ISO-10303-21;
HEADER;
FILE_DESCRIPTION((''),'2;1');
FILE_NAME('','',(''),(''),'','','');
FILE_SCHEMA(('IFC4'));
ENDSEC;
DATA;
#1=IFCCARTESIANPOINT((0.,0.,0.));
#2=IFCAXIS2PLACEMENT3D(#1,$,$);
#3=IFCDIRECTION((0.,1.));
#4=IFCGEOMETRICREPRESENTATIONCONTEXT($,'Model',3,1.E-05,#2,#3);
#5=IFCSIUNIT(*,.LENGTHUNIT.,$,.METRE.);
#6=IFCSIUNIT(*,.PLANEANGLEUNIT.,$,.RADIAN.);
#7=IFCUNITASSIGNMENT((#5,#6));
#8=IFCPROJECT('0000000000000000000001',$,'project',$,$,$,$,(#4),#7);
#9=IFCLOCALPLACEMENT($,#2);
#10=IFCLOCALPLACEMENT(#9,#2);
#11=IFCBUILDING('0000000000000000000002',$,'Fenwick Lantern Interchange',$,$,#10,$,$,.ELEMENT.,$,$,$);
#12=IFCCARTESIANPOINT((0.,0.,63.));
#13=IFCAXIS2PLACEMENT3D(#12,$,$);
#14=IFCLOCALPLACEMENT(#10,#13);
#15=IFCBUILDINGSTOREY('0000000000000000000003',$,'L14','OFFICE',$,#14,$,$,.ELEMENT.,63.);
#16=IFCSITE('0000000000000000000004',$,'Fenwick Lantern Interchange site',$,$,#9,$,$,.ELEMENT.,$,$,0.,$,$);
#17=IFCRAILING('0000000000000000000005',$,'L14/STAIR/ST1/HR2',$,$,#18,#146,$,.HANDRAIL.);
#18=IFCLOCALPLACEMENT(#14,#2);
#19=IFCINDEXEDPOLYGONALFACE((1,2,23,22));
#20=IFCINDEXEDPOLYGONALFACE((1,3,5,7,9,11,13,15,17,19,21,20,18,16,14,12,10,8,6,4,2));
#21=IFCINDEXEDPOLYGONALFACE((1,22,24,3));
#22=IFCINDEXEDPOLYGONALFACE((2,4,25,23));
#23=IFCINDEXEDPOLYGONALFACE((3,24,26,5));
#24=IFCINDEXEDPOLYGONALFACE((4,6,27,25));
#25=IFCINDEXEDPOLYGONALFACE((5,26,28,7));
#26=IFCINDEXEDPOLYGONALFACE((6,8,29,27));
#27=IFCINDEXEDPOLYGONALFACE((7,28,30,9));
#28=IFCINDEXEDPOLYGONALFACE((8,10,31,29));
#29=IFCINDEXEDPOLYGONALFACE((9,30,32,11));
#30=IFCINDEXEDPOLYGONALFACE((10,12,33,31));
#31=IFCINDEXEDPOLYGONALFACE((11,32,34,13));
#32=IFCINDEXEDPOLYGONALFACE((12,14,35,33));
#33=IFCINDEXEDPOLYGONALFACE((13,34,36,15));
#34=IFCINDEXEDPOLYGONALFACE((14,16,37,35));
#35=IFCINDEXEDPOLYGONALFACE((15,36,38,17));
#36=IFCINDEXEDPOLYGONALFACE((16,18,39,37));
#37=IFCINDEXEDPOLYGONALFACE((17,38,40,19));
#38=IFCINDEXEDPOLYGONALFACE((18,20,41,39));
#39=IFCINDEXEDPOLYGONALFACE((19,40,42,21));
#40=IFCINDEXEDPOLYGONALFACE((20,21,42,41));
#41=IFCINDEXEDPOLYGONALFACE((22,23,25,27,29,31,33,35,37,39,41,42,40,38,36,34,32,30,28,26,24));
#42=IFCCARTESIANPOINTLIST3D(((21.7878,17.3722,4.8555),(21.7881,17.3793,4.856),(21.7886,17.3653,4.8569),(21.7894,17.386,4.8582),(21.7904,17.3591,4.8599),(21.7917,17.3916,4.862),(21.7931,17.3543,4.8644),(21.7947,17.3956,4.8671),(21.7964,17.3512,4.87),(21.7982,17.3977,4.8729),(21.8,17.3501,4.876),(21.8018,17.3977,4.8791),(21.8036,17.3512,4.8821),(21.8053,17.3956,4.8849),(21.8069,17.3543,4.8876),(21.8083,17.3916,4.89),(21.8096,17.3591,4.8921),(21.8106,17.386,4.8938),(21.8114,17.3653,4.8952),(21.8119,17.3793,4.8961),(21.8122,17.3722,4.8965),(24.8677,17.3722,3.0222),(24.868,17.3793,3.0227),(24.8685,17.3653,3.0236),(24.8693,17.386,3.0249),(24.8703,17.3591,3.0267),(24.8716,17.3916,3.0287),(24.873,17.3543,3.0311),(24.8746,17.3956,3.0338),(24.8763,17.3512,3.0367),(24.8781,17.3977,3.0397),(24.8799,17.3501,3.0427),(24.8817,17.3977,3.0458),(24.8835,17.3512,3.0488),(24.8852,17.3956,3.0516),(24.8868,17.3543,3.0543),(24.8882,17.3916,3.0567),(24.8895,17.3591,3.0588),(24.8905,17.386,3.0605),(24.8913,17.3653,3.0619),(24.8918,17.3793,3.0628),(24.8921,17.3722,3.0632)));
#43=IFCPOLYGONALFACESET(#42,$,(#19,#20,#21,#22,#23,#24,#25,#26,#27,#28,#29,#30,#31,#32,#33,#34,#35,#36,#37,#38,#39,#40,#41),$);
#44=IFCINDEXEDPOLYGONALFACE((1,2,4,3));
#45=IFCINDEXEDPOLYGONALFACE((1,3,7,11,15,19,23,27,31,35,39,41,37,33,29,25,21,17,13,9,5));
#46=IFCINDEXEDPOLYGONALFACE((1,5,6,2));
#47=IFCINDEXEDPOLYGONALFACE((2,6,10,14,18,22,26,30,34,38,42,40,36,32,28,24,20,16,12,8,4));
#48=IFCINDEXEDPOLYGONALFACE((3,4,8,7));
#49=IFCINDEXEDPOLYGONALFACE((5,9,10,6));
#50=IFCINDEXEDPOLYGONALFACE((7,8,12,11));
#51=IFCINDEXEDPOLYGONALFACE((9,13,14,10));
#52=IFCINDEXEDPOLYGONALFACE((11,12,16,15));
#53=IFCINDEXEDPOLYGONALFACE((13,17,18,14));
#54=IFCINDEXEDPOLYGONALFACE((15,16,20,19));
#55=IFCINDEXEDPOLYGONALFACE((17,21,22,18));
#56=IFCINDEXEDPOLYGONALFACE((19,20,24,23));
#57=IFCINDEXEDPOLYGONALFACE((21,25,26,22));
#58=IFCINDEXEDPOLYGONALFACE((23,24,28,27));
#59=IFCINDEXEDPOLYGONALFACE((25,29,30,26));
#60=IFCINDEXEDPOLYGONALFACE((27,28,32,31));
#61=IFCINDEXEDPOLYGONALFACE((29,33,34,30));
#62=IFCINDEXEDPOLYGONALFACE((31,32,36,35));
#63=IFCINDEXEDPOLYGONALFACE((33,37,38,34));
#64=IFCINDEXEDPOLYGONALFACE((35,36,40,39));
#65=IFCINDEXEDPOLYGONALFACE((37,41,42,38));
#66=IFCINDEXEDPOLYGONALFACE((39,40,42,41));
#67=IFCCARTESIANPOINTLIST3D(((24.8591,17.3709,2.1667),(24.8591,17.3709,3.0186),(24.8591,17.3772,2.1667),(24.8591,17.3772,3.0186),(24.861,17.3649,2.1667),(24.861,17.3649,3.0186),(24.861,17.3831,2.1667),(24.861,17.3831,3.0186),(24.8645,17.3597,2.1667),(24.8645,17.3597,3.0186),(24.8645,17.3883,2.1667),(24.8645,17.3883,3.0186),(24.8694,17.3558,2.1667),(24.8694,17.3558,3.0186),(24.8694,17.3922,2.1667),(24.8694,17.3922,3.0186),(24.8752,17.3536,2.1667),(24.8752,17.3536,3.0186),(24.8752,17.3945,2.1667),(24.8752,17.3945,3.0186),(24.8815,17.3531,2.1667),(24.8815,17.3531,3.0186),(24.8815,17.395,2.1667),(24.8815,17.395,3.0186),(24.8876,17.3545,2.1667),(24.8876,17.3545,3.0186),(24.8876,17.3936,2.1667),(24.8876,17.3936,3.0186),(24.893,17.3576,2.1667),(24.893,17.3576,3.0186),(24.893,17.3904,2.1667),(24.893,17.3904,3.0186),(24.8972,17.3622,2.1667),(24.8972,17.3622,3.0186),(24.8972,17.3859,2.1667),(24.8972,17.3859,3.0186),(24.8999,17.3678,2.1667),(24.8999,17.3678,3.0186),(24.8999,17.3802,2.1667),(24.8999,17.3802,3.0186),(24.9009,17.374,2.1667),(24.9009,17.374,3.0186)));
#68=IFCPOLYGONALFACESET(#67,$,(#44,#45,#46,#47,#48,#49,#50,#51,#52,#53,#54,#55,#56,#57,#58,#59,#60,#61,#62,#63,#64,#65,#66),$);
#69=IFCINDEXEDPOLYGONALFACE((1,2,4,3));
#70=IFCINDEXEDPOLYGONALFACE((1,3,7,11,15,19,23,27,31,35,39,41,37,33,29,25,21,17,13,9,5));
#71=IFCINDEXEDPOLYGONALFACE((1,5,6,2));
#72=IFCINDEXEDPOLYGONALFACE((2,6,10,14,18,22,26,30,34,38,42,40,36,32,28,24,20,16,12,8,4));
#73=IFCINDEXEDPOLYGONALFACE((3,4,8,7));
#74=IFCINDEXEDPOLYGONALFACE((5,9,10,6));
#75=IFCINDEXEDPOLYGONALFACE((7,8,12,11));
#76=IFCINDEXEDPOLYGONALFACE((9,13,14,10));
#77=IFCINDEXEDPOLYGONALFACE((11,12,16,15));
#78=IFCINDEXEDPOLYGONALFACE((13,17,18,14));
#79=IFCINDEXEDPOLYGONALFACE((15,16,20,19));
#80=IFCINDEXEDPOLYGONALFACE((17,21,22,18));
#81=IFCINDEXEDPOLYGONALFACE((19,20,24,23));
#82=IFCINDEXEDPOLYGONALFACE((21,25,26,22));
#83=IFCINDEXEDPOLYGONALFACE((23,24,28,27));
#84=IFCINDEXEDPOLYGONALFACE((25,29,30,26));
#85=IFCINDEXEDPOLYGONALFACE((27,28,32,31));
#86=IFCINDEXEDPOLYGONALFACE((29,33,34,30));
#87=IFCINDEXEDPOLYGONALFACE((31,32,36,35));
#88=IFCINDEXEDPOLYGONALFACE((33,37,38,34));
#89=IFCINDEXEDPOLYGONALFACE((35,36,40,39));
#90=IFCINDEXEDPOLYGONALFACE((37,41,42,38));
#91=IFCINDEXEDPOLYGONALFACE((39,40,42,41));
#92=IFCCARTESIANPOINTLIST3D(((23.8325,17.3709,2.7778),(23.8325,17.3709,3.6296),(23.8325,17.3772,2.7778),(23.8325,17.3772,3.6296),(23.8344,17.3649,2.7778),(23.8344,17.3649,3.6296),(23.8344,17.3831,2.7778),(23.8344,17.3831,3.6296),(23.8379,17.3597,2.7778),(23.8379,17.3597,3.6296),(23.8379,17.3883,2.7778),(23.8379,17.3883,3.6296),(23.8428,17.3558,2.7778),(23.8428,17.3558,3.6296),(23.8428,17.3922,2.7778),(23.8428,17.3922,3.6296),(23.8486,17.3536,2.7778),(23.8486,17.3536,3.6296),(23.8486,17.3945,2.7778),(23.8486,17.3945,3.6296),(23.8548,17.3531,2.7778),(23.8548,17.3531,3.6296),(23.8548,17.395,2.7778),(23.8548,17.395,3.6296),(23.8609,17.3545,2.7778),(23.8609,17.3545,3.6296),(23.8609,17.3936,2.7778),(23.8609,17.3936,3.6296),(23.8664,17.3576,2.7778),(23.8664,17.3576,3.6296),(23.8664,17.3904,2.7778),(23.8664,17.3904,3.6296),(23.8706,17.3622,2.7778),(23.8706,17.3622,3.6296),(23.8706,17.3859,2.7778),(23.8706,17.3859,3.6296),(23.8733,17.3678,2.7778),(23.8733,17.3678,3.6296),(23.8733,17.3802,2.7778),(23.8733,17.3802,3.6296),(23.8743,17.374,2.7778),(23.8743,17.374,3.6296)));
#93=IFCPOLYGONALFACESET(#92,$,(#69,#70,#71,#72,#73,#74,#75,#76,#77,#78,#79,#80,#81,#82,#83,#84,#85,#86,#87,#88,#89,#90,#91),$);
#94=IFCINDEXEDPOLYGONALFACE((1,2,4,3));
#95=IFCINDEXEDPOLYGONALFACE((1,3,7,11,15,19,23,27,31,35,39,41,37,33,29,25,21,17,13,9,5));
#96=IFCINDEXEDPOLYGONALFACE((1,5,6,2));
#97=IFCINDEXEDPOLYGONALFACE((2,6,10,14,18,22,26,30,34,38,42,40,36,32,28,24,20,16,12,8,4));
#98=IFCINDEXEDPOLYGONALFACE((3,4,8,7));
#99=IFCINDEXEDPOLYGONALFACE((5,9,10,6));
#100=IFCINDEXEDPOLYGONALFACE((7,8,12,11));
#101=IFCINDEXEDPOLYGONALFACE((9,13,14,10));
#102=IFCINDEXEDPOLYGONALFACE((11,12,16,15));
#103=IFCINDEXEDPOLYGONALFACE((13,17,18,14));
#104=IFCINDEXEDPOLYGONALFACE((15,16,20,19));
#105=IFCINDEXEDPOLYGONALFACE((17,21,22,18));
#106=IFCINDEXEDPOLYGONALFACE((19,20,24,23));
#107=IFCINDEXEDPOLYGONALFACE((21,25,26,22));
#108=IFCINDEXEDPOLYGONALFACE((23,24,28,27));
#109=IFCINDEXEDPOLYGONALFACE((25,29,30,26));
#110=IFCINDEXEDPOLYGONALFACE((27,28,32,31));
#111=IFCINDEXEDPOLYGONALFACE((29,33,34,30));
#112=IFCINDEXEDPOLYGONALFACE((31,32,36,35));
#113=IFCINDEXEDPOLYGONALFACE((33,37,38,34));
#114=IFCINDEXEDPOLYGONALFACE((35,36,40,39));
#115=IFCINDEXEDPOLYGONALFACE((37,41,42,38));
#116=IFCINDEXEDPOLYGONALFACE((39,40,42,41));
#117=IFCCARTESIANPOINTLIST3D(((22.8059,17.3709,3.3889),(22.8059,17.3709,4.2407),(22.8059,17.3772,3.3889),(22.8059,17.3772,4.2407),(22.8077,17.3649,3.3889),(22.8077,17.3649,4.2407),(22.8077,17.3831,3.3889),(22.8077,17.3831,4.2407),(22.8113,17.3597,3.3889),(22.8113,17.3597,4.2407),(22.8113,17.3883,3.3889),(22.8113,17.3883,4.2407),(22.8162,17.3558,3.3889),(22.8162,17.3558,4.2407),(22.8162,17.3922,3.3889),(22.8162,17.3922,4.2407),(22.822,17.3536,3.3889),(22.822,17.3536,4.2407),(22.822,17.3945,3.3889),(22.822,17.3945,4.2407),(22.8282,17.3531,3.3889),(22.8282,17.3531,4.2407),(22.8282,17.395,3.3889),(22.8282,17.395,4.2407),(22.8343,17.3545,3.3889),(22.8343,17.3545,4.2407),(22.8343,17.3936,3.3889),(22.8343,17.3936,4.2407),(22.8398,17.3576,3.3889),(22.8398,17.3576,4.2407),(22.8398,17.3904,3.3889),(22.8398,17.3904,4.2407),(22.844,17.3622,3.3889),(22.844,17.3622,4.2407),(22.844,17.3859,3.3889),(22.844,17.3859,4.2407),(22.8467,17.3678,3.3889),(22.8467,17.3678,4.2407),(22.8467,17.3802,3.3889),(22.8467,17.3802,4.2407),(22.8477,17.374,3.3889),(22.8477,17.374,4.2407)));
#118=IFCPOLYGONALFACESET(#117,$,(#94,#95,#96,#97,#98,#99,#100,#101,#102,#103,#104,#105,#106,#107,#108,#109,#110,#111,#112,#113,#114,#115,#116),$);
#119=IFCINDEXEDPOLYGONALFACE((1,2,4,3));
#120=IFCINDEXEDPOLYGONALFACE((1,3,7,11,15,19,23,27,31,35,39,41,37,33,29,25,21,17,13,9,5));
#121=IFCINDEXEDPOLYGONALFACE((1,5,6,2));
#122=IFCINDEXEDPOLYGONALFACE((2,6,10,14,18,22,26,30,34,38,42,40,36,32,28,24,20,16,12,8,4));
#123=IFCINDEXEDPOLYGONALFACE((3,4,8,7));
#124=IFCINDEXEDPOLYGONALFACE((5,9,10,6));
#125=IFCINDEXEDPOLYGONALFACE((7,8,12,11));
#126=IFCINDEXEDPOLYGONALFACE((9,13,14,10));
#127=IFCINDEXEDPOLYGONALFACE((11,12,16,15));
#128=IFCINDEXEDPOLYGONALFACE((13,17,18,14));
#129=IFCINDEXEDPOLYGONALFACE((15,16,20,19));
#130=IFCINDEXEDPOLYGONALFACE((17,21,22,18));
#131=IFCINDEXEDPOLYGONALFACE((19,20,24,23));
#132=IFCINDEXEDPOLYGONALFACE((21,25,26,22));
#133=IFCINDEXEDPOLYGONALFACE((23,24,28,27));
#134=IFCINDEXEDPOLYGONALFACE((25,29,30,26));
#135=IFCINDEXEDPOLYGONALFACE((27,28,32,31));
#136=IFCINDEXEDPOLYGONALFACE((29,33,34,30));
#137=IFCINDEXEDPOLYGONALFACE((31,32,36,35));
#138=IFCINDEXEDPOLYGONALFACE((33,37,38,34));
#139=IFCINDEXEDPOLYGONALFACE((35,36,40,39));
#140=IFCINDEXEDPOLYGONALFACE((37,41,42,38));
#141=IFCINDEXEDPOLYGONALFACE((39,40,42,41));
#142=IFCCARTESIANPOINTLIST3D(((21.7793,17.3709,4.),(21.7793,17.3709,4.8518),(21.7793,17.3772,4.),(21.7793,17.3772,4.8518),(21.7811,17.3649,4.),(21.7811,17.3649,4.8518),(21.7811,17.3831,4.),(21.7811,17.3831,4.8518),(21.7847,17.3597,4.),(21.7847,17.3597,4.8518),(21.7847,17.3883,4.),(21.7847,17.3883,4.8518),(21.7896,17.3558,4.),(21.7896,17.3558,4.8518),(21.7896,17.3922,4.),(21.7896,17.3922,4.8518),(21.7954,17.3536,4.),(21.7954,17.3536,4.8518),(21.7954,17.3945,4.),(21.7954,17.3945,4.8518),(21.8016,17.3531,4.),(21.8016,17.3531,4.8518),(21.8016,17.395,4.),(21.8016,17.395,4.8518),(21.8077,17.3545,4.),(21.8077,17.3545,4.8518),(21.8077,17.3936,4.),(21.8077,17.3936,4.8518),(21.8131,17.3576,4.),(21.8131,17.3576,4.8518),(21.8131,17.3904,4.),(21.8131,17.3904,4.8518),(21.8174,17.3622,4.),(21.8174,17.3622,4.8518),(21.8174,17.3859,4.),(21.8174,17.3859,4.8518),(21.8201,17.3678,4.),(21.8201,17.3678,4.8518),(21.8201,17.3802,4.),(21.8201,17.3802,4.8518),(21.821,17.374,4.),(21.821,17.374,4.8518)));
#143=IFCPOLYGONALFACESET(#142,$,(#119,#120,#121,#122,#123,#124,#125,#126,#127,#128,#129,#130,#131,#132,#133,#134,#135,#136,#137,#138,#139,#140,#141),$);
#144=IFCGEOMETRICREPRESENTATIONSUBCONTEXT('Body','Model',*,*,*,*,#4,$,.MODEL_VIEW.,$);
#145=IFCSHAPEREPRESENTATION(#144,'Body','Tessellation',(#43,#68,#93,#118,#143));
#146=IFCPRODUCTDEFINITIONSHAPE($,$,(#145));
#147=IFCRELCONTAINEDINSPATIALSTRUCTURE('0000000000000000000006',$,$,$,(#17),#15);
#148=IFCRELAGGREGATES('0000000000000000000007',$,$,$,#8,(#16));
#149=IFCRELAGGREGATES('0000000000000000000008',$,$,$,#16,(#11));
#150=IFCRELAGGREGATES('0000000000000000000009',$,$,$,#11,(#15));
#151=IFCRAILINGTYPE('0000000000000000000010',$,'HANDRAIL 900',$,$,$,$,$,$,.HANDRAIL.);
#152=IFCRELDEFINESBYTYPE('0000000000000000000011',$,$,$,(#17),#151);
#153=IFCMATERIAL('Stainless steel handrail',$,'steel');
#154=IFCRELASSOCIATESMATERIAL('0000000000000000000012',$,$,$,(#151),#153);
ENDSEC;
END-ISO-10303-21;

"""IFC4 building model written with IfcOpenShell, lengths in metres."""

from ifc_helpers import new_model, si_unit, direction, frame, origin, origin_2d, place, context, subcontext, project, spatial, circle, extrude, material, type_object, element, save


model = new_model("IFC4")

# Units and contexts
model_context = context("Model", 3, precision=1e-05, world=origin(), true_north=direction((0.0, 1.0)))
body_context = subcontext(model_context, "Body", "Model", "MODEL_VIEW")
ifc_project = project(units=[si_unit("LENGTHUNIT", "METRE"), si_unit("PLANEANGLEUNIT", "RADIAN")], contexts=[model_context])

# Site, building, storey
site_placement = place(None, origin())
site = spatial("IfcSite", under=ifc_project, at=site_placement, Name="Fenwick Lantern Interchange site", CompositionType="ELEMENT", RefElevation=0.0)
building_placement = place(site_placement, origin())
building = spatial("IfcBuilding", under=site, at=building_placement, Name="Fenwick Lantern Interchange", CompositionType="ELEMENT")
storey_placement = place(building_placement, frame((0.0, 0.0, 63.0)))
storey = spatial("IfcBuildingStorey", under=building, at=storey_placement, Name="L14", Description="OFFICE", CompositionType="ELEMENT", Elevation=63.0)

# Railing
ifc_material_1 = material(Name="Stainless steel handrail", Category="steel")
railing_type = type_object("IfcRailingType", Name="HANDRAIL 900", PredefinedType="HANDRAIL", material=ifc_material_1)
railing_1_placement = place(storey_placement, frame((24.8799, 17.374, 2.1667)))
element("IfcRailing", 1, at=railing_1_placement, inside=storey, type_object=railing_type, Name="L14/STAIR/ST1/HR2", PredefinedType="HANDRAIL", context=body_context, shape_type="SweptSolid", body=[
    extrude(circle(Radius=0.0239, at=origin_2d()), frame((0.0, 0.0, 0.876), z_axis=(-0.859291, 0.0, 0.511487), x_axis=(0.0, -1.0, 0.0)), (0.0, 0.0, 1.0), 3.5842),
    extrude(circle(Radius=0.021, at=origin_2d()), origin(), (0.0, 0.0, 1.0), 0.8518),
    extrude(circle(Radius=0.021, at=origin_2d()), frame((-1.0266, 0.0, 0.6111)), (0.0, 0.0, 1.0), 0.8518),
    extrude(circle(Radius=0.021, at=origin_2d()), frame((-2.0532, 0.0, 1.2222)), (0.0, 0.0, 1.0), 0.8518),
    extrude(circle(Radius=0.021, at=origin_2d()), frame((-3.0798, 0.0, 1.8333)), (0.0, 0.0, 1.0), 0.8518),
])

save(model, "model.ifc")
